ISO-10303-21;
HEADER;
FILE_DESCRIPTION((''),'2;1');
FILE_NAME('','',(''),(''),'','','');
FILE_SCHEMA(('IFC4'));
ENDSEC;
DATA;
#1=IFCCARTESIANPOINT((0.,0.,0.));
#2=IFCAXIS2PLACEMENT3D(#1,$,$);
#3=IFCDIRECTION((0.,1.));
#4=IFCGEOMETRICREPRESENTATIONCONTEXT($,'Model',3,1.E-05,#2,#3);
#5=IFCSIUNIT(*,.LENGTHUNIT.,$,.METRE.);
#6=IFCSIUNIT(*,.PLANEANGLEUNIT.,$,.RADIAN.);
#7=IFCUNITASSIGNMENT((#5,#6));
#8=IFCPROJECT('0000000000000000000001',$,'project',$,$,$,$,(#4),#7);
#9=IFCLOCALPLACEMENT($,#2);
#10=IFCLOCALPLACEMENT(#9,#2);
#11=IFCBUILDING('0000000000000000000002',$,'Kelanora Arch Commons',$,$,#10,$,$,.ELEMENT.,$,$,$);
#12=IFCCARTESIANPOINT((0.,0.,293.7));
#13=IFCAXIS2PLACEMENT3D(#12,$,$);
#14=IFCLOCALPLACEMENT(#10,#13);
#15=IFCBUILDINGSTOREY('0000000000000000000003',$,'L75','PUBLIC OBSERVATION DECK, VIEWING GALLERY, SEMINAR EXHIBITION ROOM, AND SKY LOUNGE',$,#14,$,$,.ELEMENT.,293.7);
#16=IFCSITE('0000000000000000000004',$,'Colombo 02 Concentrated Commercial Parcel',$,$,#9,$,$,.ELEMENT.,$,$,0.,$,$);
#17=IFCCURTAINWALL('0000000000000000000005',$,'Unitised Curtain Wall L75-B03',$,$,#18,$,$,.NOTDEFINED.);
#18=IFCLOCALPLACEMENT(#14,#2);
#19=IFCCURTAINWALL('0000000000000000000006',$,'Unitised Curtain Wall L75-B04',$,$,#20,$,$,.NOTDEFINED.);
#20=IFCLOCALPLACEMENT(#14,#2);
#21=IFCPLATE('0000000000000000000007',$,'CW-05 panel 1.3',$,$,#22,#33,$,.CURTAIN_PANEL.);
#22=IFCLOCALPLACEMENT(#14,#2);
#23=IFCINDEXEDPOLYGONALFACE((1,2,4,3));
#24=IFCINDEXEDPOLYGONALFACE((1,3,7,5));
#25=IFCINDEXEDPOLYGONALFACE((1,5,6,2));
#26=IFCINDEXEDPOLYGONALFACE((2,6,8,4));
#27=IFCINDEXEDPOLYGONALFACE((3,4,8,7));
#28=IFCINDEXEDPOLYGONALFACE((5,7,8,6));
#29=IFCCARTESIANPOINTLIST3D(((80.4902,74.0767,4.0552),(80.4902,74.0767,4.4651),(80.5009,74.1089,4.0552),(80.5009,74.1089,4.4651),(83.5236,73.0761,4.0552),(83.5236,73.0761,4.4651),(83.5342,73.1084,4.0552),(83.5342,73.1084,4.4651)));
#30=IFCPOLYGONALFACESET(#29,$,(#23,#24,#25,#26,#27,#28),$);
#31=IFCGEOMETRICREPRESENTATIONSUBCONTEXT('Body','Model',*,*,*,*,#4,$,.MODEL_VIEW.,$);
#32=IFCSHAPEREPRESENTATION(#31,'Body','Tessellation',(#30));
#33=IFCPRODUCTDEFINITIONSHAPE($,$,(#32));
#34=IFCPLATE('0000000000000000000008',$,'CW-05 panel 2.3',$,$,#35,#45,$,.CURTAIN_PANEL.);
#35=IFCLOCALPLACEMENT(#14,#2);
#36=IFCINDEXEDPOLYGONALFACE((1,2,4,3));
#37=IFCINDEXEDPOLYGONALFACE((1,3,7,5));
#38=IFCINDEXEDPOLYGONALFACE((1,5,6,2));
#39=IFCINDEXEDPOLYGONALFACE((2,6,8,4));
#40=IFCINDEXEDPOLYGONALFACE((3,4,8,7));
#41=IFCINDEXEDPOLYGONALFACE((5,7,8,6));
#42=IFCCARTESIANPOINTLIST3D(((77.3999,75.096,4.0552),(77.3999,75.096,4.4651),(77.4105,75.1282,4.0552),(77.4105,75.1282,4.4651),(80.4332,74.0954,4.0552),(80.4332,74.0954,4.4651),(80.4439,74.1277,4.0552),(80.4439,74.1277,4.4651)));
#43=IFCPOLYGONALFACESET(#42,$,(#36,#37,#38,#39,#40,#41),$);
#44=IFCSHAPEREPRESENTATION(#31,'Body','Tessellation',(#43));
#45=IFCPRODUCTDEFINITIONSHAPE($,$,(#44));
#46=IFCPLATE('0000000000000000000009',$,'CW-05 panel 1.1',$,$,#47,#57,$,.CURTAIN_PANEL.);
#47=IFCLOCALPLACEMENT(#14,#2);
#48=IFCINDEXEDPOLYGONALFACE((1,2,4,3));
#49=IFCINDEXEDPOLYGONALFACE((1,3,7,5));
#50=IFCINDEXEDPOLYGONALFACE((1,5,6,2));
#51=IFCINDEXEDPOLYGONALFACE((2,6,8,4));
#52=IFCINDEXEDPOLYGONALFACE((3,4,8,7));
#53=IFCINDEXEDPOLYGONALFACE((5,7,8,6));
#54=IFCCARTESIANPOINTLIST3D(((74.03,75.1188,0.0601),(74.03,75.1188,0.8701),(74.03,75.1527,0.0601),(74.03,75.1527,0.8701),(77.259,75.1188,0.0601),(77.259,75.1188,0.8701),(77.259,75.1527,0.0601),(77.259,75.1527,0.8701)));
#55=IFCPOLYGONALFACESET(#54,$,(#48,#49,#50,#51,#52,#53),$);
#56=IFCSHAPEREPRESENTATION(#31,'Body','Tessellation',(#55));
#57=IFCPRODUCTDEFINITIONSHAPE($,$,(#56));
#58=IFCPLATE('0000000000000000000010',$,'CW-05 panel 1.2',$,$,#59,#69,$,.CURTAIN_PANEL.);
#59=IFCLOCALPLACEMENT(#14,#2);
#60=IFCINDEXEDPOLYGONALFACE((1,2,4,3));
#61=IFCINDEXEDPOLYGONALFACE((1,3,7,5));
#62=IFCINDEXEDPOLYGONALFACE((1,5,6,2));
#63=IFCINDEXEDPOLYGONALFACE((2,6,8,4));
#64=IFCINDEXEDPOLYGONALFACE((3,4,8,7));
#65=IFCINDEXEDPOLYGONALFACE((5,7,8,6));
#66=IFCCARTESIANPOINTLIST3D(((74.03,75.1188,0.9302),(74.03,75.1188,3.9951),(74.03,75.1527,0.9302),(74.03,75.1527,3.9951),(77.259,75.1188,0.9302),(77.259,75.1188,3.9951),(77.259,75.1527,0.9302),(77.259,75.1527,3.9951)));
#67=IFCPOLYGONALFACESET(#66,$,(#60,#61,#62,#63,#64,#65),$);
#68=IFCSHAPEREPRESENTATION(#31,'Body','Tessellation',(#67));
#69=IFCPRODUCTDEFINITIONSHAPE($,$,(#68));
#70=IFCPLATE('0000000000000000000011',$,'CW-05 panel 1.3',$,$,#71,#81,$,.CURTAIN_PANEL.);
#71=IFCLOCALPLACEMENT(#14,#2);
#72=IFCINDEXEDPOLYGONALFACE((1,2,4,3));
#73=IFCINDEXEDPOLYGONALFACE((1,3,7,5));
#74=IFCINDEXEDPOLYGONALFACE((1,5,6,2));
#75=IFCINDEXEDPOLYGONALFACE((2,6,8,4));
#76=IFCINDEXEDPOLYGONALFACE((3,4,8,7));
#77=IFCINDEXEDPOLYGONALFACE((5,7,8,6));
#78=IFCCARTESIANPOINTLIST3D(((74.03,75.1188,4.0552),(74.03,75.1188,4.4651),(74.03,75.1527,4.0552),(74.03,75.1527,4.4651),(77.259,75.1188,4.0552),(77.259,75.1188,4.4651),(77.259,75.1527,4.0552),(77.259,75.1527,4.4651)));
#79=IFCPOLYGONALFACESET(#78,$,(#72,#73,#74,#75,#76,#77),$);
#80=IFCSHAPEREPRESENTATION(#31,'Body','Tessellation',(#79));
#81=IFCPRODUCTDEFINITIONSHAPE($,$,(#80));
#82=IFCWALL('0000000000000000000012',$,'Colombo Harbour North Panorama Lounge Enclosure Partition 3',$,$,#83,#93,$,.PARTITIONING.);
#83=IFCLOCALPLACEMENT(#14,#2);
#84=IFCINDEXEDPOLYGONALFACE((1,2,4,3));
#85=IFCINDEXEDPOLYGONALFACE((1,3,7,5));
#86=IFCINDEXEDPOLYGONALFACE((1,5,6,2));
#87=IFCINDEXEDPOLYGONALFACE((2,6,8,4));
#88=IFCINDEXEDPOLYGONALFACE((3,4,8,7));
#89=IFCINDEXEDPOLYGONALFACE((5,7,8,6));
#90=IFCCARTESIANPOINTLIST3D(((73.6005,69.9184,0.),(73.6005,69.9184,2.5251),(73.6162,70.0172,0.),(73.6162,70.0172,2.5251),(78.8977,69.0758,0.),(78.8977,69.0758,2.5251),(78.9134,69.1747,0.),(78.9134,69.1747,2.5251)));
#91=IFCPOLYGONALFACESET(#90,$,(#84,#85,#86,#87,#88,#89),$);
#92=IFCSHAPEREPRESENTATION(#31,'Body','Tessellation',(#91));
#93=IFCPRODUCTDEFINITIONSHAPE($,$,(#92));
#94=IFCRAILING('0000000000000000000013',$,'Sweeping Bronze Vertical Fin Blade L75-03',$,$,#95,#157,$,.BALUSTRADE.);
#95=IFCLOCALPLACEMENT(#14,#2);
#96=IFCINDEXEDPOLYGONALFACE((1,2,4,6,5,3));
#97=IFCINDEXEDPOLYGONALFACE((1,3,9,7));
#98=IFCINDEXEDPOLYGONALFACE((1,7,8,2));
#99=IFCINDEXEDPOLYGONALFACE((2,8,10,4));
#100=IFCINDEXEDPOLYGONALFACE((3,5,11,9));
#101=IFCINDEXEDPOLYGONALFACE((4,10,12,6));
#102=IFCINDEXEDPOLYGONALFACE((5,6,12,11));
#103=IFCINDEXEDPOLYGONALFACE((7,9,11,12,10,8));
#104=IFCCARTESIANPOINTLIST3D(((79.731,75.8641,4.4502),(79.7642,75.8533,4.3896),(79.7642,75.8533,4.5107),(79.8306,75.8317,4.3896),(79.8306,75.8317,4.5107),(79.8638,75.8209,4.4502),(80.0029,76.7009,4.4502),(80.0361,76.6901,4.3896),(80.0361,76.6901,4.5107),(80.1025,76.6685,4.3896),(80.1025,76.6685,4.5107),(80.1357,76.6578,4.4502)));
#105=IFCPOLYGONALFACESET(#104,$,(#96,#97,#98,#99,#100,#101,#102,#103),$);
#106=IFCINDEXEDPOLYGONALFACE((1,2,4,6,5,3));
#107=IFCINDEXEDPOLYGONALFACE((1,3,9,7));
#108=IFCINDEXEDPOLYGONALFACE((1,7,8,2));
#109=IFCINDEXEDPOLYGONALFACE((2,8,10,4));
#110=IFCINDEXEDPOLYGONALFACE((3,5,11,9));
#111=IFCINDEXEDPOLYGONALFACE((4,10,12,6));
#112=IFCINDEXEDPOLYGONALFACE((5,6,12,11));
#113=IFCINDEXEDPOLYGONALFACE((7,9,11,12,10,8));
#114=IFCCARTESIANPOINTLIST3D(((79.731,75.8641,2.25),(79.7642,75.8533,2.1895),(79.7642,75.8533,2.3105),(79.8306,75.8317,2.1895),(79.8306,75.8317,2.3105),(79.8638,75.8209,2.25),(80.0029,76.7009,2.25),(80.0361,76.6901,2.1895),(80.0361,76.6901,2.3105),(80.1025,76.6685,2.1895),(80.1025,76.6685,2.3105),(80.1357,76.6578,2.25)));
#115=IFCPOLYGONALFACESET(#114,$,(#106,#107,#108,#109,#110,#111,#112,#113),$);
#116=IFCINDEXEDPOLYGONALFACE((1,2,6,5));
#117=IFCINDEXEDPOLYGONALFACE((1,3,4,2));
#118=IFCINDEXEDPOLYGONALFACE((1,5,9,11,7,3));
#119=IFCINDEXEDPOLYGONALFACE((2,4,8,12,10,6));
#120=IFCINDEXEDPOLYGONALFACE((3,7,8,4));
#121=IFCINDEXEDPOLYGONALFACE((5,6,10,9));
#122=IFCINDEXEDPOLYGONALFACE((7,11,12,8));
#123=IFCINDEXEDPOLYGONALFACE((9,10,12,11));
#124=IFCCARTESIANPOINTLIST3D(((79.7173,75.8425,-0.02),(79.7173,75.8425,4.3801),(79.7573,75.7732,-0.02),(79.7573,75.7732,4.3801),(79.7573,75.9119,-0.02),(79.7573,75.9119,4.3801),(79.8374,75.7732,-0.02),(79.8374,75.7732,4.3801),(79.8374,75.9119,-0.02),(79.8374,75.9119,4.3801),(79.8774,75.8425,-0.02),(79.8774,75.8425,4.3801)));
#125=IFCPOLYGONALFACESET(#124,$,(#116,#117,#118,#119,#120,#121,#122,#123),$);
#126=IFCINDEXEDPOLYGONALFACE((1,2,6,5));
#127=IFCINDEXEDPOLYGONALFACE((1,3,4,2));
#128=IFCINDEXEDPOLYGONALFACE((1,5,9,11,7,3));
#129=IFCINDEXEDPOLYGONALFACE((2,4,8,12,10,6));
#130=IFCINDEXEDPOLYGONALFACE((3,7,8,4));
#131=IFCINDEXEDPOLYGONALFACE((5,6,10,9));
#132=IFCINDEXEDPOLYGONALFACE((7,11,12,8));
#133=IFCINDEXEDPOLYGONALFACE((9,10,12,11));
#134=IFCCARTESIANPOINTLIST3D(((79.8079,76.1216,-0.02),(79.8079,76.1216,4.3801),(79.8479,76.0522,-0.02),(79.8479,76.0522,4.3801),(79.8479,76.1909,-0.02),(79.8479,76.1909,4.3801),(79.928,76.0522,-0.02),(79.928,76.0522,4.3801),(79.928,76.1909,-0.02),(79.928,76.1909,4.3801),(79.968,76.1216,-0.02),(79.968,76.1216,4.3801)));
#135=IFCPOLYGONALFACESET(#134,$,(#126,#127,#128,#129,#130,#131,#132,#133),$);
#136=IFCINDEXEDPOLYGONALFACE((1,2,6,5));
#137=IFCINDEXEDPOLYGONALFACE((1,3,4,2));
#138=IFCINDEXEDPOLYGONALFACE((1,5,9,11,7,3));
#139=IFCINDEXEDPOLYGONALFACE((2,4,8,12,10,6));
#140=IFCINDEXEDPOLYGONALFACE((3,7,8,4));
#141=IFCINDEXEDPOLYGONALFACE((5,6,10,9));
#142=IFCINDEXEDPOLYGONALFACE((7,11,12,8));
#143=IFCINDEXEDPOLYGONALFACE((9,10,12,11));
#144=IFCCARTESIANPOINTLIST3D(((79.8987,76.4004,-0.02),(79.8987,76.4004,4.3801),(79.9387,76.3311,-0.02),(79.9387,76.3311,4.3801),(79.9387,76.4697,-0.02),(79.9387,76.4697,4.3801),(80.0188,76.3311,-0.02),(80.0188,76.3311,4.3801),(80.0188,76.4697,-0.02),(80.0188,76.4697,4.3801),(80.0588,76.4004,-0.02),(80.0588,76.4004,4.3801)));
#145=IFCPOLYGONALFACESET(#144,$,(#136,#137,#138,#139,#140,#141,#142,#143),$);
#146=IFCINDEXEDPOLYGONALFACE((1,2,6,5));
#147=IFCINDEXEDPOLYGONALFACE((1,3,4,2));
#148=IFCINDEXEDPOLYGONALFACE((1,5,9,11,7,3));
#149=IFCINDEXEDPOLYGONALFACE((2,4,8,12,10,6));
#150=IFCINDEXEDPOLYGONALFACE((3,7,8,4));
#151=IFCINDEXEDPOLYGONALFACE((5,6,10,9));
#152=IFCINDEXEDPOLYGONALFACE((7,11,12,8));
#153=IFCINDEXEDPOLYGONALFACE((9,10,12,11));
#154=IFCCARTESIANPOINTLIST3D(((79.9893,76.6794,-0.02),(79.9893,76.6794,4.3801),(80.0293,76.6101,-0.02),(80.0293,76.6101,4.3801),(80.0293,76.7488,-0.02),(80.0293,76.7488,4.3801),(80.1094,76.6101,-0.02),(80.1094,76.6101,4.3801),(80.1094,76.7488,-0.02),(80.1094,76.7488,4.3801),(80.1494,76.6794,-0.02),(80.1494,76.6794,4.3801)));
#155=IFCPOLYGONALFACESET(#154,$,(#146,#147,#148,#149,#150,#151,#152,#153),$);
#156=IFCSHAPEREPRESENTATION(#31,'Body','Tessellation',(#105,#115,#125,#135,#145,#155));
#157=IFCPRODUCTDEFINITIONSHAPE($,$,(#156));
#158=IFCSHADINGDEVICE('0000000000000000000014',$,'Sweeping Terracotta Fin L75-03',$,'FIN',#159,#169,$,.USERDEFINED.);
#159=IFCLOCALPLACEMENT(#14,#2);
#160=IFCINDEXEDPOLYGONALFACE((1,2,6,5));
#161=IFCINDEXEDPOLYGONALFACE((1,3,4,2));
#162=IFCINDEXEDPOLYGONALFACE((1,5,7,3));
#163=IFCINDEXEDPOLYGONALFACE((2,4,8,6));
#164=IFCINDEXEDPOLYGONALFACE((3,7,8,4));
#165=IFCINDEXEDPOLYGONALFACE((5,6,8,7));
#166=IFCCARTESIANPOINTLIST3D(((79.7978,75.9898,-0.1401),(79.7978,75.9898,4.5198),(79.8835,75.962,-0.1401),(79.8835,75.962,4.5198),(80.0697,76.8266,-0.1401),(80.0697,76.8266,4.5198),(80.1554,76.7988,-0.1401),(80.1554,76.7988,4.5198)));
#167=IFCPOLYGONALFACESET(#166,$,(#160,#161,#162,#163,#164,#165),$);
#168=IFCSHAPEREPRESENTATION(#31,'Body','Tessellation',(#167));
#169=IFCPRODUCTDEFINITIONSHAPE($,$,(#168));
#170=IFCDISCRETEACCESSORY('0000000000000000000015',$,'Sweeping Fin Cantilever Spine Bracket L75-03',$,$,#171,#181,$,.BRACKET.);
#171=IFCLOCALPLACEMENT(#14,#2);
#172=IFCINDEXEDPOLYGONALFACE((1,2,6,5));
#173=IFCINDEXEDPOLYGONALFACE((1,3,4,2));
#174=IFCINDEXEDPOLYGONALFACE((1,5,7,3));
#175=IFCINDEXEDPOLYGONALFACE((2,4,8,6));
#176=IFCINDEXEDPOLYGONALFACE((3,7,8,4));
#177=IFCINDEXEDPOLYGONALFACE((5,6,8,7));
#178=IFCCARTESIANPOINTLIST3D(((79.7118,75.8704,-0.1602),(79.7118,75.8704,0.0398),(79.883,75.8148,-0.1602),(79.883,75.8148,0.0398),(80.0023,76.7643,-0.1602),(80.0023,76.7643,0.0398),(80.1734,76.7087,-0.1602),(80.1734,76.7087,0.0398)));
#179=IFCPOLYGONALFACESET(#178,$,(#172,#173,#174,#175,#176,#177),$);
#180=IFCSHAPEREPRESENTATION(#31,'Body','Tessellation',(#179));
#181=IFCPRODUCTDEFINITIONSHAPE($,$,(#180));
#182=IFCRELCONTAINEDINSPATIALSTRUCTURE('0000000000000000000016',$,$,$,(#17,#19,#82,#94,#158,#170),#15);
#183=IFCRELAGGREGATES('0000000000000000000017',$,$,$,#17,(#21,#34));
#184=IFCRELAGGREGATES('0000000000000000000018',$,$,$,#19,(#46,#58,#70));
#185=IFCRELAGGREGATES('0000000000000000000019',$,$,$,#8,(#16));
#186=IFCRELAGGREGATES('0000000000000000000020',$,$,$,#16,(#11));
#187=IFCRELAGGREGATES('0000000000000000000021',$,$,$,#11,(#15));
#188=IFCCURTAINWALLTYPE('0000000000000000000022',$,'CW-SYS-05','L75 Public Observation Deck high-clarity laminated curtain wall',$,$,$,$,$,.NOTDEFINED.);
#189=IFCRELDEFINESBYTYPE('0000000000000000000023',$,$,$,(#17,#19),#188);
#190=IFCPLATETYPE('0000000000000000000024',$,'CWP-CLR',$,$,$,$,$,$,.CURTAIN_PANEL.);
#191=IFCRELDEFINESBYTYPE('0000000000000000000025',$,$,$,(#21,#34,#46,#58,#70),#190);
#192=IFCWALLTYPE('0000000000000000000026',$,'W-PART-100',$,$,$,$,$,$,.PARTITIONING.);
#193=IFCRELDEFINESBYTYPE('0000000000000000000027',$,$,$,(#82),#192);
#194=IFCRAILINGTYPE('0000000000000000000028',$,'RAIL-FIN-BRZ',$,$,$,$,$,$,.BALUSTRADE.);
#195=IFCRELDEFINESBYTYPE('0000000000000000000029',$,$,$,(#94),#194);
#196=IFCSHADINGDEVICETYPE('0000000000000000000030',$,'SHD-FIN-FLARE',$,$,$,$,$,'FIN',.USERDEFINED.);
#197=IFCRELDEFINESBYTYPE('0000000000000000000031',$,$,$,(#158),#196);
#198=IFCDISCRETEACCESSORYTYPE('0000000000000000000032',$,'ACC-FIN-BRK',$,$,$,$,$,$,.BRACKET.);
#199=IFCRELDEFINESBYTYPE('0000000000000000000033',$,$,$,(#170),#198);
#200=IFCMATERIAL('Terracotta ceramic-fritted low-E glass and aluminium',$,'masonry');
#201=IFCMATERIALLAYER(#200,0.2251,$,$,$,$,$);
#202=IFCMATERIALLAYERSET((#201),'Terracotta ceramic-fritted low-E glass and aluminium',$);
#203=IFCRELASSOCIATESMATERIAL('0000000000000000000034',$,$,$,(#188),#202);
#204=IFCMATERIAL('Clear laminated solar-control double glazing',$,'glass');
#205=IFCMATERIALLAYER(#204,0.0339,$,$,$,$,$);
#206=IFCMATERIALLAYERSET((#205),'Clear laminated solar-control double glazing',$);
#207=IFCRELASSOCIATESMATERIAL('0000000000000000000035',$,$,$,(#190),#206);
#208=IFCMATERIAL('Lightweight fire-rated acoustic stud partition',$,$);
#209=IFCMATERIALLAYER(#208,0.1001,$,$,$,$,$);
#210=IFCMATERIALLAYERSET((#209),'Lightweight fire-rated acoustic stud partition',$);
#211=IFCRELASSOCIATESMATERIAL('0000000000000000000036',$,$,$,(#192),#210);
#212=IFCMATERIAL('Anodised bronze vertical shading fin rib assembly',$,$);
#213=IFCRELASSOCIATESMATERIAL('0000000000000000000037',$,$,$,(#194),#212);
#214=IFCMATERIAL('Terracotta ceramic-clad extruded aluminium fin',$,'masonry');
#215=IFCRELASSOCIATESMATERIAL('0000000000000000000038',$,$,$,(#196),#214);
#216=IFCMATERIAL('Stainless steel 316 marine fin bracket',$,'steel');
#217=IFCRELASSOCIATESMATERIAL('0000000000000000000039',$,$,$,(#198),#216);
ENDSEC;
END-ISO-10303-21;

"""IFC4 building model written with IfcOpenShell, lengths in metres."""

from ifc_helpers import new_model, si_unit, direction, frame, frame_2d, origin, origin_2d, place, context, subcontext, project, spatial, polyline, rectangle, outline, extrude, source, transform, mapped, material, layer, layer_set, type_object, element, aggregate, save


model = new_model("IFC4")

# Units and contexts
model_context = context("Model", 3, precision=1e-05, world=origin(), true_north=direction((0.0, 1.0)))
body_context = subcontext(model_context, "Body", "Model", "MODEL_VIEW")
ifc_project = project(units=[si_unit("LENGTHUNIT", "METRE"), si_unit("PLANEANGLEUNIT", "RADIAN")], contexts=[model_context])

# Site, building, storey
site_placement = place(None, origin())
site = spatial("IfcSite", under=ifc_project, at=site_placement, Name="Colombo 02 Concentrated Commercial Parcel", CompositionType="ELEMENT", RefElevation=0.0)
building_placement = place(site_placement, origin())
building = spatial("IfcBuilding", under=site, at=building_placement, Name="Kelanora Arch Commons", CompositionType="ELEMENT")
storey_placement = place(building_placement, frame((0.0, 0.0, 293.7)))
storey = spatial("IfcBuildingStorey", under=building, at=storey_placement, Name="L75", Description="PUBLIC OBSERVATION DECK, VIEWING GALLERY, SEMINAR EXHIBITION ROOM, AND SKY LOUNGE", CompositionType="ELEMENT", Elevation=293.7)

# Curtain walls
ifc_material_1 = material(Name="Terracotta ceramic-fritted low-E glass and aluminium", Category="masonry")
ifc_layer_1 = layer(ifc_material_1, 0.2251)
ifc_layer_set_1 = layer_set([ifc_layer_1], Name="Terracotta ceramic-fritted low-E glass and aluminium")
curtain_wall_type = type_object("IfcCurtainWallType", Name="CW-SYS-05", Description="L75 Public Observation Deck high-clarity laminated curtain wall", PredefinedType="NOTDEFINED", material=ifc_layer_set_1)
curtain_wall_1_placement = place(storey_placement, origin())
curtain_wall_1 = element("IfcCurtainWall", 1, at=curtain_wall_1_placement, inside=storey, type_object=curtain_wall_type, Name="Unitised Curtain Wall L75-B03", PredefinedType="NOTDEFINED")
curtain_wall_2_placement = place(storey_placement, origin())
curtain_wall_2 = element("IfcCurtainWall", 2, at=curtain_wall_2_placement, inside=storey, type_object=curtain_wall_type, Name="Unitised Curtain Wall L75-B04", PredefinedType="NOTDEFINED")

# Plates
ifc_material_2 = material(Name="Clear laminated solar-control double glazing", Category="glass")
ifc_layer_2 = layer(ifc_material_2, 0.0339)
ifc_layer_set_2 = layer_set([ifc_layer_2], Name="Clear laminated solar-control double glazing")
plate_type = type_object("IfcPlateType", Name="CWP-CLR", PredefinedType="CURTAIN_PANEL", material=ifc_layer_set_2)
shared_shape_1 = source(origin(), body_context, "Body", "SweptSolid", [
    extrude(rectangle(XDim=3.1941, YDim=0.0339, at=origin_2d()), origin(), (0.0, 0.0, 1.0), 0.4099),
])
plate_1_placement = place(storey_placement, frame((82.0122, 73.5925, 4.0552), z_axis=(0.0, 0.0, 1.0), x_axis=(-0.94967, 0.313253, 0.0)))
plate_1 = element("IfcPlate", 3, at=plate_1_placement, type_object=plate_type, Name="CW-05 panel 1.3", PredefinedType="CURTAIN_PANEL", context=body_context, shape_type="MappedRepresentation", body=[
    mapped(shared_shape_1, transform((0.0, 0.0, 0.0), scale=1.0)),
])
plate_2_placement = place(storey_placement, frame((78.9219, 74.6118, 4.0552), z_axis=(0.0, 0.0, 1.0), x_axis=(-0.94967, 0.313253, 0.0)))
plate_2 = element("IfcPlate", 4, at=plate_2_placement, type_object=plate_type, Name="CW-05 panel 2.3", PredefinedType="CURTAIN_PANEL", context=body_context, shape_type="MappedRepresentation", body=[
    mapped(shared_shape_1, transform((0.0, 0.0, 0.0), scale=1.0)),
])
aggregate(curtain_wall_1, [plate_1, plate_2])
shared_shape_2 = source(origin(), body_context, "Body", "SweptSolid", [
    extrude(rectangle(XDim=3.229, YDim=0.0339, at=origin_2d()), origin(), (0.0, 0.0, 1.0), 0.8101),
])
plate_3_placement = place(storey_placement, frame((75.6445, 75.1357, 0.0601), z_axis=(0.0, 0.0, 1.0), x_axis=(-1.0, 0.0, 0.0)))
plate_3 = element("IfcPlate", 5, at=plate_3_placement, type_object=plate_type, Name="CW-05 panel 1.1", PredefinedType="CURTAIN_PANEL", context=body_context, shape_type="MappedRepresentation", body=[
    mapped(shared_shape_2, transform((0.0, 0.0, 0.0), scale=1.0)),
])
shared_shape_3 = source(origin(), body_context, "Body", "SweptSolid", [
    extrude(rectangle(XDim=3.229, YDim=0.0339, at=origin_2d()), origin(), (0.0, 0.0, 1.0), 3.0649),
])
plate_4_placement = place(storey_placement, frame((75.6445, 75.1357, 0.9302), z_axis=(0.0, 0.0, 1.0), x_axis=(-1.0, 0.0, 0.0)))
plate_4 = element("IfcPlate", 6, at=plate_4_placement, type_object=plate_type, Name="CW-05 panel 1.2", PredefinedType="CURTAIN_PANEL", context=body_context, shape_type="MappedRepresentation", body=[
    mapped(shared_shape_3, transform((0.0, 0.0, 0.0), scale=1.0)),
])
shared_shape_4 = source(origin(), body_context, "Body", "SweptSolid", [
    extrude(rectangle(XDim=3.229, YDim=0.0339, at=origin_2d()), origin(), (0.0, 0.0, 1.0), 0.4099),
])
plate_5_placement = place(storey_placement, frame((75.6445, 75.1357, 4.0552), z_axis=(0.0, 0.0, 1.0), x_axis=(-1.0, 0.0, 0.0)))
plate_5 = element("IfcPlate", 7, at=plate_5_placement, type_object=plate_type, Name="CW-05 panel 1.3", PredefinedType="CURTAIN_PANEL", context=body_context, shape_type="MappedRepresentation", body=[
    mapped(shared_shape_4, transform((0.0, 0.0, 0.0), scale=1.0)),
])
aggregate(curtain_wall_2, [plate_3, plate_4, plate_5])

# Wall
ifc_material_3 = material(Name="Lightweight fire-rated acoustic stud partition")
ifc_layer_3 = layer(ifc_material_3, 0.1001)
ifc_layer_set_3 = layer_set([ifc_layer_3], Name="Lightweight fire-rated acoustic stud partition")
wall_type = type_object("IfcWallType", Name="W-PART-100", PredefinedType="PARTITIONING", material=ifc_layer_set_3)
wall_placement = place(storey_placement, frame((78.9055, 69.1252, 0.0), z_axis=(0.0, 0.0, 1.0), x_axis=(-0.987586, 0.15708, 0.0)))
element("IfcWall", 8, at=wall_placement, inside=storey, type_object=wall_type, Name="Colombo Harbour North Panorama Lounge Enclosure Partition 3", PredefinedType="PARTITIONING", context=body_context, shape_type="SweptSolid", body=[
    extrude(rectangle(XDim=5.3638, YDim=0.1001, at=frame_2d((2.6819, 0.0))), origin(), (0.0, 0.0, 1.0), 2.5251),
])

# Railing
ifc_material_4 = material(Name="Anodised bronze vertical shading fin rib assembly")
railing_type = type_object("IfcRailingType", Name="RAIL-FIN-BRZ", PredefinedType="BALUSTRADE", material=ifc_material_4)
railing_placement = place(storey_placement, frame((79.7974, 75.8425, -0.02)))
element("IfcRailing", 9, at=railing_placement, inside=storey, type_object=railing_type, Name="Sweeping Bronze Vertical Fin Blade L75-03", PredefinedType="BALUSTRADE", context=body_context, shape_type="SweptSolid", body=[
    extrude(outline(polyline([(0.0698, 0.0), (0.0349, 0.0605), (-0.0349, 0.0605), (-0.0698, 0.0), (-0.0349, -0.0605), (0.0349, -0.0605), (0.0698, 0.0)])), frame((0.0, 0.0, 4.4702), z_axis=(0.309061, 0.951042, 0.0), x_axis=(-0.951042, 0.309061, 0.0)), (0.0, 0.0, 1.0), 0.8799),
    extrude(outline(polyline([(0.0698, 0.0), (0.0349, 0.0605), (-0.0349, 0.0605), (-0.0698, 0.0), (-0.0349, -0.0605), (0.0349, -0.0605), (0.0698, 0.0)])), frame((0.0, 0.0, 2.27), z_axis=(0.309061, 0.951042, 0.0), x_axis=(-0.951042, 0.309061, 0.0)), (0.0, 0.0, 1.0), 0.8799),
    extrude(outline(polyline([(0.0801, 0.0), (0.04, 0.0693), (-0.04, 0.0693), (-0.0801, 0.0), (-0.04, -0.0693), (0.04, -0.0693), (0.0801, 0.0)])), origin(), (0.0, 0.0, 1.0), 4.4001),
    extrude(outline(polyline([(0.0801, 0.0), (0.04, 0.0693), (-0.04, 0.0693), (-0.0801, 0.0), (-0.04, -0.0693), (0.04, -0.0693), (0.0801, 0.0)])), frame((0.0906, 0.2791, 0.0)), (0.0, 0.0, 1.0), 4.4001),
    extrude(outline(polyline([(0.0801, 0.0), (0.04, 0.0693), (-0.04, 0.0693), (-0.0801, 0.0), (-0.04, -0.0693), (0.04, -0.0693), (0.0801, 0.0)])), frame((0.1814, 0.5579, 0.0)), (0.0, 0.0, 1.0), 4.4001),
    extrude(outline(polyline([(0.0801, 0.0), (0.04, 0.0693), (-0.04, 0.0693), (-0.0801, 0.0), (-0.04, -0.0693), (0.04, -0.0693), (0.0801, 0.0)])), frame((0.272, 0.8369, 0.0)), (0.0, 0.0, 1.0), 4.4001),
])

# Shading device
ifc_material_5 = material(Name="Terracotta ceramic-clad extruded aluminium fin", Category="masonry")
shading_device_type = type_object("IfcShadingDeviceType", Name="SHD-FIN-FLARE", ElementType="FIN", PredefinedType="USERDEFINED", material=ifc_material_5)
shared_shape_5 = source(origin(), body_context, "Body", "SweptSolid", [
    extrude(rectangle(XDim=0.8799, YDim=0.0901, at=origin_2d()), origin(), (0.0, 0.0, 1.0), 4.6599),
])
shading_device_placement = place(storey_placement, frame((79.9766, 76.3943, -0.1401), z_axis=(0.0, 0.0, 1.0), x_axis=(0.309017, 0.951057, 0.0)))
element("IfcShadingDevice", 10, at=shading_device_placement, inside=storey, type_object=shading_device_type, Name="Sweeping Terracotta Fin L75-03", ObjectType="FIN", PredefinedType="USERDEFINED", context=body_context, shape_type="MappedRepresentation", body=[
    mapped(shared_shape_5, transform((0.0, 0.0, 0.0), scale=1.0)),
])

# Discrete accessory
ifc_material_6 = material(Name="Stainless steel 316 marine fin bracket", Category="steel")
discrete_accessory_type = type_object("IfcDiscreteAccessoryType", Name="ACC-FIN-BRK", PredefinedType="BRACKET", material=ifc_material_6)
shared_shape_6 = source(origin(), body_context, "Body", "SweptSolid", [
    extrude(rectangle(XDim=0.9399, YDim=0.1799, at=origin_2d()), origin(), (0.0, 0.0, 1.0), 0.2),
])
discrete_accessory_placement = place(storey_placement, frame((79.9426, 76.2896, -0.1602), z_axis=(0.0, 0.0, 1.0), x_axis=(0.309017, 0.951057, 0.0)))
element("IfcDiscreteAccessory", 11, at=discrete_accessory_placement, inside=storey, type_object=discrete_accessory_type, Name="Sweeping Fin Cantilever Spine Bracket L75-03", PredefinedType="BRACKET", context=body_context, shape_type="MappedRepresentation", body=[
    mapped(shared_shape_6, transform((0.0, 0.0, 0.0), scale=1.0)),
])

save(model, "model.ifc")
